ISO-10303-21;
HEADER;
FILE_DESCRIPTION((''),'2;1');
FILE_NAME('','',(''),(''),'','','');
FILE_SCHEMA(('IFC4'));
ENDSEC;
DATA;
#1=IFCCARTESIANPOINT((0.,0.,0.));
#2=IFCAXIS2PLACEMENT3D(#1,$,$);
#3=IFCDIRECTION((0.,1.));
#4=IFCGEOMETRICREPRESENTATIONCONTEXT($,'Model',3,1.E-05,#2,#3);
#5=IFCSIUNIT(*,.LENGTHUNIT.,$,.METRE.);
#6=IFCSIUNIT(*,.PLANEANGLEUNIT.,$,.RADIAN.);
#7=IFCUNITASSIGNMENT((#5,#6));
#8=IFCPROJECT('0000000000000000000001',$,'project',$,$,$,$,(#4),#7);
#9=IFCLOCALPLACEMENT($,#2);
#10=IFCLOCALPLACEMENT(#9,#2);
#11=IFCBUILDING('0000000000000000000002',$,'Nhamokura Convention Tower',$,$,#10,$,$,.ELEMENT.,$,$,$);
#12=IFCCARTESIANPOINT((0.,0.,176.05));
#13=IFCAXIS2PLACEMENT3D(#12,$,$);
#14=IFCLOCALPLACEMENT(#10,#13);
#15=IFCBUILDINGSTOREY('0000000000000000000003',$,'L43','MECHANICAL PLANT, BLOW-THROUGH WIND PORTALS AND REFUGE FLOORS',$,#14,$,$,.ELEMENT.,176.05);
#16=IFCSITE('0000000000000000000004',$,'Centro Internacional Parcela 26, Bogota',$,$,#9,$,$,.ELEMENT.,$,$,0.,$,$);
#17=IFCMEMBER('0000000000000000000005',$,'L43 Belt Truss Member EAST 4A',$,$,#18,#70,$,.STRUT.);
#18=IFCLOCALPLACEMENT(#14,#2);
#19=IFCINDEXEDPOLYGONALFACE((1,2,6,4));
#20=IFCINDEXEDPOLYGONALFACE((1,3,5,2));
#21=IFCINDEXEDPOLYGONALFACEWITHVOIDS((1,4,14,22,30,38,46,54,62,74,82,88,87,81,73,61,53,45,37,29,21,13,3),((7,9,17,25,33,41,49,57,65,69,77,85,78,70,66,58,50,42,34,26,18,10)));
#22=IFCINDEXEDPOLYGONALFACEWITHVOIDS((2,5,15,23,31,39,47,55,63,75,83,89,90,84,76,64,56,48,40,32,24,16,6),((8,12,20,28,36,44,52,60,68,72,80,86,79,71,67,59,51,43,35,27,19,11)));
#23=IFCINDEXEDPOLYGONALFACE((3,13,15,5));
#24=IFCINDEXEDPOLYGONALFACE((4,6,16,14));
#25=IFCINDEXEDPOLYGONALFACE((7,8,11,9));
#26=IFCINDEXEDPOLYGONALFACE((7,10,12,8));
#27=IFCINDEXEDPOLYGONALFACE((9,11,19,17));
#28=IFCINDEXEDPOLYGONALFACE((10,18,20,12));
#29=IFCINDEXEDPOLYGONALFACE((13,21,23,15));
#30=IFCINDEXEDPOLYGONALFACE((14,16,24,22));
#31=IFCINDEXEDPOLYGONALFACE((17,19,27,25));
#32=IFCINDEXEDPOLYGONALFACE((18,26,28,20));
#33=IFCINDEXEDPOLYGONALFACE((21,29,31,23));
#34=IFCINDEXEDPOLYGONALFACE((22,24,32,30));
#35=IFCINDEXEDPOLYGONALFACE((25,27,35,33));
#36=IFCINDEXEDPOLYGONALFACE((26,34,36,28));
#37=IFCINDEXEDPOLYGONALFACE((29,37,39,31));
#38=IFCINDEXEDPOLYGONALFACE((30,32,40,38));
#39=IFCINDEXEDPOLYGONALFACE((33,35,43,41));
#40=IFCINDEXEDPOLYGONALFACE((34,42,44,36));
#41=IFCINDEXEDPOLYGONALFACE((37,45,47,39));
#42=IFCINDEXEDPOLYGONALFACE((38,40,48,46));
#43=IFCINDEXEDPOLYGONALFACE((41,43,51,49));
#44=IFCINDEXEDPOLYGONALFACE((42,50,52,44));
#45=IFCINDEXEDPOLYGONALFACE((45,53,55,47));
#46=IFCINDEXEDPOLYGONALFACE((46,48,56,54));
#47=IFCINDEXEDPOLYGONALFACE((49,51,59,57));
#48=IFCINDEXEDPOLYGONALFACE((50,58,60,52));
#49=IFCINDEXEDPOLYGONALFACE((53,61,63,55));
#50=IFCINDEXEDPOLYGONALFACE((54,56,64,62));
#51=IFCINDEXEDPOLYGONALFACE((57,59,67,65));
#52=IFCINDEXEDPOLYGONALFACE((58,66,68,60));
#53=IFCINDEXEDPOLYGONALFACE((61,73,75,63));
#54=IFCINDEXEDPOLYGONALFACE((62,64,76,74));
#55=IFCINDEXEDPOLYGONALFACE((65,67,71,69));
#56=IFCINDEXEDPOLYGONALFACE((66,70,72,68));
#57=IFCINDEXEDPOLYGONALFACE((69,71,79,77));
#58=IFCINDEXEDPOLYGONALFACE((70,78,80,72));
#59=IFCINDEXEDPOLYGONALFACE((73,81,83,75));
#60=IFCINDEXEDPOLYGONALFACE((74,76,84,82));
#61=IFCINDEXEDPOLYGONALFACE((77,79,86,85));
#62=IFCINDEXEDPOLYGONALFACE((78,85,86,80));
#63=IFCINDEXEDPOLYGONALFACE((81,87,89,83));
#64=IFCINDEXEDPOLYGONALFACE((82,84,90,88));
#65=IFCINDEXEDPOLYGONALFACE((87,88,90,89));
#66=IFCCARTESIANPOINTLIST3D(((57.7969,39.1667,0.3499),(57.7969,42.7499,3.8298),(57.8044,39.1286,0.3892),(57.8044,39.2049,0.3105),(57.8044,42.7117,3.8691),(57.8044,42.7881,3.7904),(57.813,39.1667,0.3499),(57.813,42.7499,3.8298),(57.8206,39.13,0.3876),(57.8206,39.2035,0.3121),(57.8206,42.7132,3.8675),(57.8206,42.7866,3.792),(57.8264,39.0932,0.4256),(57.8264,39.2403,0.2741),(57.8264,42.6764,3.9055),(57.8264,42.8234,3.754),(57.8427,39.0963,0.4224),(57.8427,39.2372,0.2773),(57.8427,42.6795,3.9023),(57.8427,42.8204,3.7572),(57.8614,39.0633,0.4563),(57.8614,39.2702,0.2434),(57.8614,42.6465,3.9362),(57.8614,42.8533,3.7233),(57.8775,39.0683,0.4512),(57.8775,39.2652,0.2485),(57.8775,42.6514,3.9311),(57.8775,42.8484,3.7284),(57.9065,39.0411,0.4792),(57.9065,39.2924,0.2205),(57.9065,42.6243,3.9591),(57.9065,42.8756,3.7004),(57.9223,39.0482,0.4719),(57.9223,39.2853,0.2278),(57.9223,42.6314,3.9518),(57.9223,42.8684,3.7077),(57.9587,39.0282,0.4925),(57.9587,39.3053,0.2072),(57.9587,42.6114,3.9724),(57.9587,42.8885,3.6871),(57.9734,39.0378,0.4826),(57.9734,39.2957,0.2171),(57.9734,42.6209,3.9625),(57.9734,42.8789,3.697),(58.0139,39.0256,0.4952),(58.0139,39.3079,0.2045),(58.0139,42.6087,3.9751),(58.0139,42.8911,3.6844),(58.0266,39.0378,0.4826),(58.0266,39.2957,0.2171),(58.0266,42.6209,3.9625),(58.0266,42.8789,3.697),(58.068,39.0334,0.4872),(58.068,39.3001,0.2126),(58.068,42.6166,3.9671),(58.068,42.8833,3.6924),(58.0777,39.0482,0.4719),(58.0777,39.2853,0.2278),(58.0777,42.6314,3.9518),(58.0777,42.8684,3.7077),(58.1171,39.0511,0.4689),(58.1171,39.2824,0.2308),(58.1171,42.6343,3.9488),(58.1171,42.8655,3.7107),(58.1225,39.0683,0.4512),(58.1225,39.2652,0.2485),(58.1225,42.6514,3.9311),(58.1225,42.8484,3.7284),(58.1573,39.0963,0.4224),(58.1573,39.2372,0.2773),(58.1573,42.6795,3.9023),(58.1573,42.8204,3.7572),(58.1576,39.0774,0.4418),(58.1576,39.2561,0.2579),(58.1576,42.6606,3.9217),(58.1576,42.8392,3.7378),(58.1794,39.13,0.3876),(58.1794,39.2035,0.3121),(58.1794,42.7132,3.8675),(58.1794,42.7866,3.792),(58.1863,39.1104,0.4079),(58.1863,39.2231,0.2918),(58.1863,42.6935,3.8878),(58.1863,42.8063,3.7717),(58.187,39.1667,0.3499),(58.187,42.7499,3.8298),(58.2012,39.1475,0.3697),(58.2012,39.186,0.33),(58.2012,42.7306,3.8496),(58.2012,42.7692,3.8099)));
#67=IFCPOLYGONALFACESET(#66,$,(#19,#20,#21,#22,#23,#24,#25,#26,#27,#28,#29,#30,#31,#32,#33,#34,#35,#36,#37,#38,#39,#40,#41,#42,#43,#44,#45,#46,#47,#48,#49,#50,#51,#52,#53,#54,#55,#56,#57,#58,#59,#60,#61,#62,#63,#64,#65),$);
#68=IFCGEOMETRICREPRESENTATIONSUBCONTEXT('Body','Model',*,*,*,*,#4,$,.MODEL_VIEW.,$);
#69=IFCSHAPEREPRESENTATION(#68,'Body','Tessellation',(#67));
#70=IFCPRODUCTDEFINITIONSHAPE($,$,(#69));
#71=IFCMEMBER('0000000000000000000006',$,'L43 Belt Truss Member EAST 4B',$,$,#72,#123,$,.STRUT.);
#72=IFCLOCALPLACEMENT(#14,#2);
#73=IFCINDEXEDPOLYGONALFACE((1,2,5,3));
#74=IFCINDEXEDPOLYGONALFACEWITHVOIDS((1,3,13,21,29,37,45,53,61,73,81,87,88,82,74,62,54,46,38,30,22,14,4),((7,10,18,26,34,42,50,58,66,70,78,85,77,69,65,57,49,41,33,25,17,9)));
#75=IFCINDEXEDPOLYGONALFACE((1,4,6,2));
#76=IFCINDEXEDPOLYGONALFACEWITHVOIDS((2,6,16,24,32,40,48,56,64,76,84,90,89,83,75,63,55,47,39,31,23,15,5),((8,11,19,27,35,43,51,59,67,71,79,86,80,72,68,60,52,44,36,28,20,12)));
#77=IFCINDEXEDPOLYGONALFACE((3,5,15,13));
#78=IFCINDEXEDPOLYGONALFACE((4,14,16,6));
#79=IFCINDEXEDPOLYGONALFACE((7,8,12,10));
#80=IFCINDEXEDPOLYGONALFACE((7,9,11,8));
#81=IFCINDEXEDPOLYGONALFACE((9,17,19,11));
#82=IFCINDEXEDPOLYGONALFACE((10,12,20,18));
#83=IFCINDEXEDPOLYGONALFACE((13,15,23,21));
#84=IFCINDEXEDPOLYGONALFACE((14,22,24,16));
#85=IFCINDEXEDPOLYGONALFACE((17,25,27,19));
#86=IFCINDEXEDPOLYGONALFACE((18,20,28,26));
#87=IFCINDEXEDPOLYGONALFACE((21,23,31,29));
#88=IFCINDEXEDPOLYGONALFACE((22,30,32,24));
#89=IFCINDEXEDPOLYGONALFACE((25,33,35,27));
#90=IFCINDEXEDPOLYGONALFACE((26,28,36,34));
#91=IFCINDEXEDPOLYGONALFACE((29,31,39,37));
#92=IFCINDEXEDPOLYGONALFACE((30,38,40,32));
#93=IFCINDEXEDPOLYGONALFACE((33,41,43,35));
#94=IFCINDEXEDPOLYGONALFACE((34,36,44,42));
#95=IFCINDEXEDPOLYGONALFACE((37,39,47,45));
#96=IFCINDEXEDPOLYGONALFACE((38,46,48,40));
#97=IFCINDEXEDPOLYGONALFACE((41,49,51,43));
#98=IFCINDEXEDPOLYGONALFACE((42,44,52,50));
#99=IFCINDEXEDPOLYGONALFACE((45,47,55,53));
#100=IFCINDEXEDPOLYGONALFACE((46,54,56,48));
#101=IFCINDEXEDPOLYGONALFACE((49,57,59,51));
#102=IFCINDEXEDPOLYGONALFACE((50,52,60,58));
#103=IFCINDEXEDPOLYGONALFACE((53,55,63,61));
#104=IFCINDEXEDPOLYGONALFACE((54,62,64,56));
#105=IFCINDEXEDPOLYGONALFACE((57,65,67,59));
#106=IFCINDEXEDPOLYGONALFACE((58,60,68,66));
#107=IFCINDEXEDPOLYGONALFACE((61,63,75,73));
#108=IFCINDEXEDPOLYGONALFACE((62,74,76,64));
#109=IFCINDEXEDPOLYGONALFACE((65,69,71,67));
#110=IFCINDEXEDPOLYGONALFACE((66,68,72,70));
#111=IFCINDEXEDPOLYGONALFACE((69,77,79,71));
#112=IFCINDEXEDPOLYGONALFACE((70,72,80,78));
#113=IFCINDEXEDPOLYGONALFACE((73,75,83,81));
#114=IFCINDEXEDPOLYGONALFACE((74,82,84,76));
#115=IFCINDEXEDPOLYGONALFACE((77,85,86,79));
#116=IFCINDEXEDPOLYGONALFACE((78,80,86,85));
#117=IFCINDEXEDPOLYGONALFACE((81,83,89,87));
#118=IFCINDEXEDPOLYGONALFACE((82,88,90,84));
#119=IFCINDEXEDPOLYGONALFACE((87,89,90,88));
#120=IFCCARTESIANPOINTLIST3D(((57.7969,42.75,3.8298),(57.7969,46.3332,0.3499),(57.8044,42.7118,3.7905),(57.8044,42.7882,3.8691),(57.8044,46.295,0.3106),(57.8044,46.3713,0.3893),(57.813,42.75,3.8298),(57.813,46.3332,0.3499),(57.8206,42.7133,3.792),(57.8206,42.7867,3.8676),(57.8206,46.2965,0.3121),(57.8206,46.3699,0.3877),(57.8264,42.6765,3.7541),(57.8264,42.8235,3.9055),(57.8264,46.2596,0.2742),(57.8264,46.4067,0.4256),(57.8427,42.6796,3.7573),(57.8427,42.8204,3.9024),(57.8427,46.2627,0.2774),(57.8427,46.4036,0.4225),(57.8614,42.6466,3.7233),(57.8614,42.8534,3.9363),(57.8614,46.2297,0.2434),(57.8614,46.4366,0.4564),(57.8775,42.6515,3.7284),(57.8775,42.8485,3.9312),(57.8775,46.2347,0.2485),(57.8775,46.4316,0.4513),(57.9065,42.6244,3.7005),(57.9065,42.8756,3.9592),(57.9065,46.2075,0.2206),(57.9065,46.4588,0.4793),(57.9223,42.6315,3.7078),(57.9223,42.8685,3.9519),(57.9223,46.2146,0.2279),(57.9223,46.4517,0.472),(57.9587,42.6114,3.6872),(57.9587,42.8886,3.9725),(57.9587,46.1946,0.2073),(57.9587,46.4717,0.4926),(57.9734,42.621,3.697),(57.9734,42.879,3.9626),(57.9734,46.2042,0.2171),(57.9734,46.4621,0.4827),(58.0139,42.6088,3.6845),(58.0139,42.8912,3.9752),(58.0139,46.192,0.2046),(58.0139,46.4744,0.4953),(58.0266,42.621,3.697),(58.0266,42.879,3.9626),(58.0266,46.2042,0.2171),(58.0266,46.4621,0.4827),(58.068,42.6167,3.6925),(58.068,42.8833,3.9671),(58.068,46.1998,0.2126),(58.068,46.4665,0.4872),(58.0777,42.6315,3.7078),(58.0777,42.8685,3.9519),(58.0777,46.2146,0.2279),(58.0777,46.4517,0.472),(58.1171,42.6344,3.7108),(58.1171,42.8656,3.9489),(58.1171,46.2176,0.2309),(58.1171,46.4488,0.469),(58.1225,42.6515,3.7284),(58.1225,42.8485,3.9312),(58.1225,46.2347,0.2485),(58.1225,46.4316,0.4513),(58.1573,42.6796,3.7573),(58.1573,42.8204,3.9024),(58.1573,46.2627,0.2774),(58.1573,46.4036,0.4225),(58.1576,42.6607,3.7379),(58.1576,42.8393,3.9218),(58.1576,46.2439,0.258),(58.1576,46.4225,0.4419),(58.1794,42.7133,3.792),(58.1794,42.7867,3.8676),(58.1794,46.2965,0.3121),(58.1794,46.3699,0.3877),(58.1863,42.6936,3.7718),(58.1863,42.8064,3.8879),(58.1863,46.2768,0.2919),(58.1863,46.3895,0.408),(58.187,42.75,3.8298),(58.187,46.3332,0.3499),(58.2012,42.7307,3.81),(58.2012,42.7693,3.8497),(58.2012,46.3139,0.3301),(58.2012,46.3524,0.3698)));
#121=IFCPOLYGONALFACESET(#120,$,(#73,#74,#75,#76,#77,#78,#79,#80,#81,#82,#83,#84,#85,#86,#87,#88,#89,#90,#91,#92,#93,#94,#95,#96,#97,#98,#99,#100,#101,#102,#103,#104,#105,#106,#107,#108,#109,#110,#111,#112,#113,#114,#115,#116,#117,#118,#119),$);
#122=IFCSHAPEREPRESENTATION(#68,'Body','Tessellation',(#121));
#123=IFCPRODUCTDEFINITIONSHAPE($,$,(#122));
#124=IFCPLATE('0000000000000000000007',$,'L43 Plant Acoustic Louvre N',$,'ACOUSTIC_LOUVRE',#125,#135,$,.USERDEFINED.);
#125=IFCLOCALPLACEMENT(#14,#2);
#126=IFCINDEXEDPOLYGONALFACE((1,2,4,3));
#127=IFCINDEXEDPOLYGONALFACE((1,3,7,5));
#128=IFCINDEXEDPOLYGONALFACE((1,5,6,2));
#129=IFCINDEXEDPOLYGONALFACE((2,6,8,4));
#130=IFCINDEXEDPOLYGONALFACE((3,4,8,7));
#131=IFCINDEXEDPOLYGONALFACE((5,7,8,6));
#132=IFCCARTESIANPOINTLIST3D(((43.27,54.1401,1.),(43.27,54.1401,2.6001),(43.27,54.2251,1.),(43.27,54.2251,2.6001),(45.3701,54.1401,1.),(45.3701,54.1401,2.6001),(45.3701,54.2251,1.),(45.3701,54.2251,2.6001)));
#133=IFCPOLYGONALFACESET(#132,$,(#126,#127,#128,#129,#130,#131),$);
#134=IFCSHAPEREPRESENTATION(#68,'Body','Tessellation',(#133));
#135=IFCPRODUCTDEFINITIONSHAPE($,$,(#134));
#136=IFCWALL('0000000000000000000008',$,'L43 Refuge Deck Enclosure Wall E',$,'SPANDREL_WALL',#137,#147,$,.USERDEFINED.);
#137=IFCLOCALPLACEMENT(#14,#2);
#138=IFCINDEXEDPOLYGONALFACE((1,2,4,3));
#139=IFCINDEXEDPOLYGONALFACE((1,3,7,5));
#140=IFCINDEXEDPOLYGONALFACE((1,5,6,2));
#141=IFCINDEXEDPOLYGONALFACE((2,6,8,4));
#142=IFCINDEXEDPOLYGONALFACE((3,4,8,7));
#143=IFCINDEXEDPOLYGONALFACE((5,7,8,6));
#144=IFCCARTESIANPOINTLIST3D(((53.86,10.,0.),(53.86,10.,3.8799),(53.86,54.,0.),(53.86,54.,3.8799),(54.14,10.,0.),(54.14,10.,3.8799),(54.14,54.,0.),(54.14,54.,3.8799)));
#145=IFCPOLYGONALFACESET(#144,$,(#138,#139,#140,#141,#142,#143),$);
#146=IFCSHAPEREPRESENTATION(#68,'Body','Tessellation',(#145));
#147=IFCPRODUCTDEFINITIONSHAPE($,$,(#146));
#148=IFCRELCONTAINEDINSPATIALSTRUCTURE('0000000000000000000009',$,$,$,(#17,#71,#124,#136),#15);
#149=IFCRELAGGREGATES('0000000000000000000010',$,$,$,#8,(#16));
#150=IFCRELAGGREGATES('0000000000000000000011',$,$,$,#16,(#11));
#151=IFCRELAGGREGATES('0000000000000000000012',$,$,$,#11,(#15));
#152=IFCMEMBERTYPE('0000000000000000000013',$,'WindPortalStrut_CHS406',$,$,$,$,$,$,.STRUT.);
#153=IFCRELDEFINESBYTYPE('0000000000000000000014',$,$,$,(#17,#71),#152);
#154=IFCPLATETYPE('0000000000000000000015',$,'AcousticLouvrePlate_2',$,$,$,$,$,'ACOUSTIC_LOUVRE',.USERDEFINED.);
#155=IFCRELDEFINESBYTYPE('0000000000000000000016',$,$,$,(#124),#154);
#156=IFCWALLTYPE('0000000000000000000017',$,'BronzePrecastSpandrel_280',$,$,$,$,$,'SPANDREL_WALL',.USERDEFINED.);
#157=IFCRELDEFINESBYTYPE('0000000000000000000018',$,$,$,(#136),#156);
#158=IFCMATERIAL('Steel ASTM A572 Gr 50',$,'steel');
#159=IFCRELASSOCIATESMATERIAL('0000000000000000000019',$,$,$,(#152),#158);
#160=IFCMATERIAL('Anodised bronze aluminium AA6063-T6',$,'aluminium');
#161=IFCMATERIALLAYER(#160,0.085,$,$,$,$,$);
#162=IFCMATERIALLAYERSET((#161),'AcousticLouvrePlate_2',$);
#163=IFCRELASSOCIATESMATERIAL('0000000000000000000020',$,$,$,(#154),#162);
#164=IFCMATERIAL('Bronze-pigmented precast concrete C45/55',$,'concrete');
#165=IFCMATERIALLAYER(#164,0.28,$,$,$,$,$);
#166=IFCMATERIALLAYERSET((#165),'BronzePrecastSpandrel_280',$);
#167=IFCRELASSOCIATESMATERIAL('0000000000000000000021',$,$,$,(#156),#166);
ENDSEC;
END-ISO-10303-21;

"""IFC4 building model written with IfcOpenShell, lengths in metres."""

from ifc_helpers import new_model, si_unit, direction, frame, frame_2d, origin, origin_2d, place, context, subcontext, project, spatial, rectangle, hollow_circle, extrude, material, layer, layer_set, material_profile, profile_set, type_object, element, save


model = new_model("IFC4")

# Units and contexts
model_context = context("Model", 3, precision=1e-05, world=origin(), true_north=direction((0.0, 1.0)))
body_context = subcontext(model_context, "Body", "Model", "MODEL_VIEW")
ifc_project = project(units=[si_unit("LENGTHUNIT", "METRE"), si_unit("PLANEANGLEUNIT", "RADIAN")], contexts=[model_context])

# Site, building, storey
site_placement = place(None, origin())
site = spatial("IfcSite", under=ifc_project, at=site_placement, Name="Centro Internacional Parcela 26, Bogota", CompositionType="ELEMENT", RefElevation=0.0)
building_placement = place(site_placement, origin())
building = spatial("IfcBuilding", under=site, at=building_placement, Name="Nhamokura Convention Tower", CompositionType="ELEMENT")
storey_placement = place(building_placement, frame((0.0, 0.0, 176.05)))
storey = spatial("IfcBuildingStorey", under=building, at=storey_placement, Name="L43", Description="MECHANICAL PLANT, BLOW-THROUGH WIND PORTALS AND REFUGE FLOORS", CompositionType="ELEMENT", Elevation=176.05)

# Members
ifc_material_1 = material(Name="Steel ASTM A572 Gr 50", Category="steel")
ifc_material_profile_1 = material_profile(ifc_material_1, hollow_circle(Radius=0.2031, WallThickness=0.0161, at=origin_2d()))
ifc_profile_set_1 = profile_set([ifc_material_profile_1], Name="Steel ASTM A572 Gr 50")
member_type_1 = type_object("IfcMemberType", Name="WindPortalStrut_CHS406", PredefinedType="STRUT", material=ifc_profile_set_1)
for number, where, z_axis, x_axis, name in (
    (1, (58.0, 39.1667, 0.3499), (0.0, 0.717369, 0.696694), (-1.0, 0.0, 0.0), "L43 Belt Truss Member EAST 4A"),
    (2, (58.0, 42.75, 3.8298), (0.0, 0.717369, -0.696694), (-1.0, 0.0, 0.0), "L43 Belt Truss Member EAST 4B"),
):
    element("IfcMember", number, at=place(storey_placement, frame(where, z_axis=z_axis, x_axis=x_axis)), inside=storey, type_object=member_type_1, Name=name, PredefinedType="STRUT", context=body_context, shape_type="SweptSolid", body=[
        extrude(hollow_circle(Radius=0.2031, WallThickness=0.0161, at=origin_2d()), origin(), (0.0, 0.0, 1.0), 4.9949),
    ])

# Plate
ifc_material_2 = material(Name="Anodised bronze aluminium AA6063-T6", Category="aluminium")
ifc_layer_1 = layer(ifc_material_2, 0.085)
ifc_layer_set_1 = layer_set([ifc_layer_1], Name="AcousticLouvrePlate_2")
plate_type = type_object("IfcPlateType", Name="AcousticLouvrePlate_2", ElementType="ACOUSTIC_LOUVRE", PredefinedType="USERDEFINED", material=ifc_layer_set_1)
plate_placement = place(storey_placement, frame((44.3201, 54.1826, 1.0), z_axis=(0.0, 0.0, 1.0), x_axis=(1.0, 0.0, 0.0)))
element("IfcPlate", 3, at=plate_placement, inside=storey, type_object=plate_type, Name="L43 Plant Acoustic Louvre N", ObjectType="ACOUSTIC_LOUVRE", PredefinedType="USERDEFINED", context=body_context, shape_type="SweptSolid", body=[
    extrude(rectangle(XDim=2.1001, YDim=0.085, at=origin_2d()), origin(), (0.0, 0.0, 1.0), 1.6001),
])

# Wall
ifc_material_3 = material(Name="Bronze-pigmented precast concrete C45/55", Category="concrete")
ifc_layer_2 = layer(ifc_material_3, 0.28)
ifc_layer_set_2 = layer_set([ifc_layer_2], Name="BronzePrecastSpandrel_280")
wall_type = type_object("IfcWallType", Name="BronzePrecastSpandrel_280", ElementType="SPANDREL_WALL", PredefinedType="USERDEFINED", material=ifc_layer_set_2)
wall_placement = place(storey_placement, frame((54.0, 54.0, 0.0), z_axis=(0.0, 0.0, 1.0), x_axis=(0.0, -1.0, 0.0)))
element("IfcWall", 4, at=wall_placement, inside=storey, type_object=wall_type, Name="L43 Refuge Deck Enclosure Wall E", ObjectType="SPANDREL_WALL", PredefinedType="USERDEFINED", context=body_context, shape_type="SweptSolid", body=[
    extrude(rectangle(XDim=44.0, YDim=0.28, at=frame_2d((22.0, 0.0))), origin(), (0.0, 0.0, 1.0), 3.8799),
])

save(model, "model.ifc")
